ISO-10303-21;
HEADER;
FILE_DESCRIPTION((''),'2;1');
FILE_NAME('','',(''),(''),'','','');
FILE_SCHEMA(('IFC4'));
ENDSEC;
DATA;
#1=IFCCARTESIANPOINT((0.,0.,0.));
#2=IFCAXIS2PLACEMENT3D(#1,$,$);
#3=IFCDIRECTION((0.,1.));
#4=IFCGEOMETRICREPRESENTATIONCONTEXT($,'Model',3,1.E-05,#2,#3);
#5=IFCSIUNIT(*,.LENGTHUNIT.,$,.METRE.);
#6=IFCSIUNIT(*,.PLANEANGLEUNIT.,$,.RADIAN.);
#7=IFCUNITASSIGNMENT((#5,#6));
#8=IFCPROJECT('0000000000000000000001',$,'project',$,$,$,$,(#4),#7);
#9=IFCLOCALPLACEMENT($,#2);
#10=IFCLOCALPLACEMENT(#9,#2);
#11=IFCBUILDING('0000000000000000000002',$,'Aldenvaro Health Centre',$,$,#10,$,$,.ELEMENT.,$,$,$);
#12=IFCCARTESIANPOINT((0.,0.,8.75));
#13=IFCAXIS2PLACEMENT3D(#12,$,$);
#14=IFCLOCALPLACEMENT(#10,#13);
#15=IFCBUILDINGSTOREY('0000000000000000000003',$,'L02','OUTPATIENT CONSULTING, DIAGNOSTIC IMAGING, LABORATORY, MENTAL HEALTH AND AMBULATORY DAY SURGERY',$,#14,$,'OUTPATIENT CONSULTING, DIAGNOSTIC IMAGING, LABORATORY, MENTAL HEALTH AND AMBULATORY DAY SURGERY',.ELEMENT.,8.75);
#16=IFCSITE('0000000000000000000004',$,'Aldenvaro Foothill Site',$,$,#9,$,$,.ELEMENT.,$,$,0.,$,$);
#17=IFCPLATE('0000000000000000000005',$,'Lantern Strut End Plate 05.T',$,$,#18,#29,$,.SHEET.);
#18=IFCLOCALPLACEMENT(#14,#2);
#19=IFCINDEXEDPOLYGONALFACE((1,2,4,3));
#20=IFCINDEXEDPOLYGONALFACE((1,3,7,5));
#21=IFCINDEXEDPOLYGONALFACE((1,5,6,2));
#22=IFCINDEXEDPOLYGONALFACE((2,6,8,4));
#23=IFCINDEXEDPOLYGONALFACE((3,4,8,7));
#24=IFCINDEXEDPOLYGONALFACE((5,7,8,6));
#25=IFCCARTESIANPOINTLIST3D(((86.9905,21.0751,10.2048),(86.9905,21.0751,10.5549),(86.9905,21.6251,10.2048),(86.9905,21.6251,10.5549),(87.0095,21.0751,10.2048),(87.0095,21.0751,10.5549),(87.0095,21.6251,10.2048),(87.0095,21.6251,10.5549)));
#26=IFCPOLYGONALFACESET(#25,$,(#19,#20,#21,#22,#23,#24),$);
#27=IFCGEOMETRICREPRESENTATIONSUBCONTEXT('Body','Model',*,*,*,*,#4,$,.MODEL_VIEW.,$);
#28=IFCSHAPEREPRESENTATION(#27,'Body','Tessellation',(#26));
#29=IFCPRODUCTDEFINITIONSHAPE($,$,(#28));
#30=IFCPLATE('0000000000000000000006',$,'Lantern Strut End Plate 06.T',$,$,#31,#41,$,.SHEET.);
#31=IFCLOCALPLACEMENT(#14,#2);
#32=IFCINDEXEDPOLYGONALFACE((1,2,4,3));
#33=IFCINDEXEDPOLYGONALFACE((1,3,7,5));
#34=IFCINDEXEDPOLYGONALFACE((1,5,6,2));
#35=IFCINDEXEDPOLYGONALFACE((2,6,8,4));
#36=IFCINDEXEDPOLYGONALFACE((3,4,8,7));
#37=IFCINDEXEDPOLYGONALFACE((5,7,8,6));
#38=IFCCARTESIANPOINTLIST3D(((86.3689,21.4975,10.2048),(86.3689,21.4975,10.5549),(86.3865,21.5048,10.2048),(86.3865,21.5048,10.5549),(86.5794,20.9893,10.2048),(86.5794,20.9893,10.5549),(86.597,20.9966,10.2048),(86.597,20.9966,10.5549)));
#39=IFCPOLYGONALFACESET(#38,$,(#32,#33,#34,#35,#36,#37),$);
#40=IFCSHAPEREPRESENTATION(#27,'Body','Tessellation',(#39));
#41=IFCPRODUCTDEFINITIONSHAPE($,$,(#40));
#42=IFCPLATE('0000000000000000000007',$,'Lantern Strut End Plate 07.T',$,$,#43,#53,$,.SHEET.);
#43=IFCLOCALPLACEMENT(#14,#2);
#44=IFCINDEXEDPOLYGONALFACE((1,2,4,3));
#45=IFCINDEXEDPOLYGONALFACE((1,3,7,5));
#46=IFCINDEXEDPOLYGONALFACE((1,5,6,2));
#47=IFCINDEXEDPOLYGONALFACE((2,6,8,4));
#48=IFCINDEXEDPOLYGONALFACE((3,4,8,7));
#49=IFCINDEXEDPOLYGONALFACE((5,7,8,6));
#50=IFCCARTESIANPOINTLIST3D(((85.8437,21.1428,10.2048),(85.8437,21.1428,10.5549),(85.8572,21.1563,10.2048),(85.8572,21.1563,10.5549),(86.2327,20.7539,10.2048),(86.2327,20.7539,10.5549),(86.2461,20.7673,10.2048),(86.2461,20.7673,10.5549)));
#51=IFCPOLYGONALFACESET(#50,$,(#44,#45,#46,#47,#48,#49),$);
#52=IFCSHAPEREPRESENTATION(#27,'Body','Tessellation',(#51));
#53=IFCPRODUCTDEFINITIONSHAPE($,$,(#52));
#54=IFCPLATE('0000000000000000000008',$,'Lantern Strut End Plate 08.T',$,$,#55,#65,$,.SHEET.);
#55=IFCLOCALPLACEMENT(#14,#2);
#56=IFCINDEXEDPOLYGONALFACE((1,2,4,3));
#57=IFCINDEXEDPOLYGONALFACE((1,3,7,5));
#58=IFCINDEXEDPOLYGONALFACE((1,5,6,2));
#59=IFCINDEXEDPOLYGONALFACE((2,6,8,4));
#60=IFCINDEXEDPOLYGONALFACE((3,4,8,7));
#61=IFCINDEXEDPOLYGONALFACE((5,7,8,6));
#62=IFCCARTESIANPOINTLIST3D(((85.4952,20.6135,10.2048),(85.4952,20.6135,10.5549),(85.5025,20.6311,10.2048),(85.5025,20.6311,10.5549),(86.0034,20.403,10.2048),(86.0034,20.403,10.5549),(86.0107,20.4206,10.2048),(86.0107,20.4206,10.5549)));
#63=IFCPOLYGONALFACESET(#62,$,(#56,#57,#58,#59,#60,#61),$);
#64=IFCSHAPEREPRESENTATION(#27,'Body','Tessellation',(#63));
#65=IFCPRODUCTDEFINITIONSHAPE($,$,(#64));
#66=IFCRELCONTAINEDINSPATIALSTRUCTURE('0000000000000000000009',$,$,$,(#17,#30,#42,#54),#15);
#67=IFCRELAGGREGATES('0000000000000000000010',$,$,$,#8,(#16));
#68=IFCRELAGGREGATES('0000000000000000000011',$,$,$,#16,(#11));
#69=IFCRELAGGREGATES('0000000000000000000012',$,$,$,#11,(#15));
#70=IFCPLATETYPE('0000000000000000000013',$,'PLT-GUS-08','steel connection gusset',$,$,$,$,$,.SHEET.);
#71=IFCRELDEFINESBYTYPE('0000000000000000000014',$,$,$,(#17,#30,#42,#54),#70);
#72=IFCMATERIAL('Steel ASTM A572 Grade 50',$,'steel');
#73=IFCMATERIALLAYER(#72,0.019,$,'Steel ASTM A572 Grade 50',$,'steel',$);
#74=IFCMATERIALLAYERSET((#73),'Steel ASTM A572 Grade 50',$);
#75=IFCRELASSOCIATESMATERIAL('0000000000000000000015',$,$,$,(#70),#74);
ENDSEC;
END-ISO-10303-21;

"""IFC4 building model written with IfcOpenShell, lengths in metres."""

from ifc_helpers import new_model, si_unit, direction, frame, origin, origin_2d, place, context, subcontext, project, spatial, rectangle, extrude, material, layer, layer_set, type_object, element, save


model = new_model("IFC4")

# Units and contexts
model_context = context("Model", 3, precision=1e-05, world=origin(), true_north=direction((0.0, 1.0)))
body_context = subcontext(model_context, "Body", "Model", "MODEL_VIEW")
ifc_project = project(units=[si_unit("LENGTHUNIT", "METRE"), si_unit("PLANEANGLEUNIT", "RADIAN")], contexts=[model_context])

# Site, building, storey
site_placement = place(None, origin())
site = spatial("IfcSite", under=ifc_project, at=site_placement, Name="Aldenvaro Foothill Site", CompositionType="ELEMENT", RefElevation=0.0)
building_placement = place(site_placement, origin())
building = spatial("IfcBuilding", under=site, at=building_placement, Name="Aldenvaro Health Centre", CompositionType="ELEMENT")
storey_placement = place(building_placement, frame((0.0, 0.0, 8.75)))
storey = spatial("IfcBuildingStorey", under=building, at=storey_placement, Name="L02", Description="OUTPATIENT CONSULTING, DIAGNOSTIC IMAGING, LABORATORY, MENTAL HEALTH AND AMBULATORY DAY SURGERY", LongName="OUTPATIENT CONSULTING, DIAGNOSTIC IMAGING, LABORATORY, MENTAL HEALTH AND AMBULATORY DAY SURGERY", CompositionType="ELEMENT", Elevation=8.75)

# Plates
ifc_material_1 = material(Name="Steel ASTM A572 Grade 50", Category="steel")
ifc_layer_1 = layer(ifc_material_1, 0.019, Name="Steel ASTM A572 Grade 50", Category="steel")
ifc_layer_set_1 = layer_set([ifc_layer_1], Name="Steel ASTM A572 Grade 50")
plate_type_1 = type_object("IfcPlateType", Name="PLT-GUS-08", Description="steel connection gusset", PredefinedType="SHEET", material=ifc_layer_set_1)
for number, where, z_axis, x_axis, name in (
    (1, (87.0, 21.3501, 10.2048), (0.0, 0.0, 1.0), (0.0, 1.0, 0.0), "Lantern Strut End Plate 05.T"),
    (2, (86.4829, 21.2471, 10.2048), (0.0, 0.0, 1.0), (-0.382683, 0.92388, 0.0), "Lantern Strut End Plate 06.T"),
    (3, (86.0449, 20.9551, 10.2048), (0.0, 0.0, 1.0), (-0.707107, 0.707107, 0.0), "Lantern Strut End Plate 07.T"),
    (4, (85.7529, 20.5171, 10.2048), (0.0, 0.0, 1.0), (-0.92388, 0.382683, 0.0), "Lantern Strut End Plate 08.T"),
):
    element("IfcPlate", number, at=place(storey_placement, frame(where, z_axis=z_axis, x_axis=x_axis)), inside=storey, type_object=plate_type_1, Name=name, PredefinedType="SHEET", context=body_context, shape_type="SweptSolid", body=[
        extrude(rectangle(XDim=0.55, YDim=0.019, at=origin_2d()), origin(), (0.0, 0.0, 1.0), 0.3501),
    ])

save(model, "model.ifc")
